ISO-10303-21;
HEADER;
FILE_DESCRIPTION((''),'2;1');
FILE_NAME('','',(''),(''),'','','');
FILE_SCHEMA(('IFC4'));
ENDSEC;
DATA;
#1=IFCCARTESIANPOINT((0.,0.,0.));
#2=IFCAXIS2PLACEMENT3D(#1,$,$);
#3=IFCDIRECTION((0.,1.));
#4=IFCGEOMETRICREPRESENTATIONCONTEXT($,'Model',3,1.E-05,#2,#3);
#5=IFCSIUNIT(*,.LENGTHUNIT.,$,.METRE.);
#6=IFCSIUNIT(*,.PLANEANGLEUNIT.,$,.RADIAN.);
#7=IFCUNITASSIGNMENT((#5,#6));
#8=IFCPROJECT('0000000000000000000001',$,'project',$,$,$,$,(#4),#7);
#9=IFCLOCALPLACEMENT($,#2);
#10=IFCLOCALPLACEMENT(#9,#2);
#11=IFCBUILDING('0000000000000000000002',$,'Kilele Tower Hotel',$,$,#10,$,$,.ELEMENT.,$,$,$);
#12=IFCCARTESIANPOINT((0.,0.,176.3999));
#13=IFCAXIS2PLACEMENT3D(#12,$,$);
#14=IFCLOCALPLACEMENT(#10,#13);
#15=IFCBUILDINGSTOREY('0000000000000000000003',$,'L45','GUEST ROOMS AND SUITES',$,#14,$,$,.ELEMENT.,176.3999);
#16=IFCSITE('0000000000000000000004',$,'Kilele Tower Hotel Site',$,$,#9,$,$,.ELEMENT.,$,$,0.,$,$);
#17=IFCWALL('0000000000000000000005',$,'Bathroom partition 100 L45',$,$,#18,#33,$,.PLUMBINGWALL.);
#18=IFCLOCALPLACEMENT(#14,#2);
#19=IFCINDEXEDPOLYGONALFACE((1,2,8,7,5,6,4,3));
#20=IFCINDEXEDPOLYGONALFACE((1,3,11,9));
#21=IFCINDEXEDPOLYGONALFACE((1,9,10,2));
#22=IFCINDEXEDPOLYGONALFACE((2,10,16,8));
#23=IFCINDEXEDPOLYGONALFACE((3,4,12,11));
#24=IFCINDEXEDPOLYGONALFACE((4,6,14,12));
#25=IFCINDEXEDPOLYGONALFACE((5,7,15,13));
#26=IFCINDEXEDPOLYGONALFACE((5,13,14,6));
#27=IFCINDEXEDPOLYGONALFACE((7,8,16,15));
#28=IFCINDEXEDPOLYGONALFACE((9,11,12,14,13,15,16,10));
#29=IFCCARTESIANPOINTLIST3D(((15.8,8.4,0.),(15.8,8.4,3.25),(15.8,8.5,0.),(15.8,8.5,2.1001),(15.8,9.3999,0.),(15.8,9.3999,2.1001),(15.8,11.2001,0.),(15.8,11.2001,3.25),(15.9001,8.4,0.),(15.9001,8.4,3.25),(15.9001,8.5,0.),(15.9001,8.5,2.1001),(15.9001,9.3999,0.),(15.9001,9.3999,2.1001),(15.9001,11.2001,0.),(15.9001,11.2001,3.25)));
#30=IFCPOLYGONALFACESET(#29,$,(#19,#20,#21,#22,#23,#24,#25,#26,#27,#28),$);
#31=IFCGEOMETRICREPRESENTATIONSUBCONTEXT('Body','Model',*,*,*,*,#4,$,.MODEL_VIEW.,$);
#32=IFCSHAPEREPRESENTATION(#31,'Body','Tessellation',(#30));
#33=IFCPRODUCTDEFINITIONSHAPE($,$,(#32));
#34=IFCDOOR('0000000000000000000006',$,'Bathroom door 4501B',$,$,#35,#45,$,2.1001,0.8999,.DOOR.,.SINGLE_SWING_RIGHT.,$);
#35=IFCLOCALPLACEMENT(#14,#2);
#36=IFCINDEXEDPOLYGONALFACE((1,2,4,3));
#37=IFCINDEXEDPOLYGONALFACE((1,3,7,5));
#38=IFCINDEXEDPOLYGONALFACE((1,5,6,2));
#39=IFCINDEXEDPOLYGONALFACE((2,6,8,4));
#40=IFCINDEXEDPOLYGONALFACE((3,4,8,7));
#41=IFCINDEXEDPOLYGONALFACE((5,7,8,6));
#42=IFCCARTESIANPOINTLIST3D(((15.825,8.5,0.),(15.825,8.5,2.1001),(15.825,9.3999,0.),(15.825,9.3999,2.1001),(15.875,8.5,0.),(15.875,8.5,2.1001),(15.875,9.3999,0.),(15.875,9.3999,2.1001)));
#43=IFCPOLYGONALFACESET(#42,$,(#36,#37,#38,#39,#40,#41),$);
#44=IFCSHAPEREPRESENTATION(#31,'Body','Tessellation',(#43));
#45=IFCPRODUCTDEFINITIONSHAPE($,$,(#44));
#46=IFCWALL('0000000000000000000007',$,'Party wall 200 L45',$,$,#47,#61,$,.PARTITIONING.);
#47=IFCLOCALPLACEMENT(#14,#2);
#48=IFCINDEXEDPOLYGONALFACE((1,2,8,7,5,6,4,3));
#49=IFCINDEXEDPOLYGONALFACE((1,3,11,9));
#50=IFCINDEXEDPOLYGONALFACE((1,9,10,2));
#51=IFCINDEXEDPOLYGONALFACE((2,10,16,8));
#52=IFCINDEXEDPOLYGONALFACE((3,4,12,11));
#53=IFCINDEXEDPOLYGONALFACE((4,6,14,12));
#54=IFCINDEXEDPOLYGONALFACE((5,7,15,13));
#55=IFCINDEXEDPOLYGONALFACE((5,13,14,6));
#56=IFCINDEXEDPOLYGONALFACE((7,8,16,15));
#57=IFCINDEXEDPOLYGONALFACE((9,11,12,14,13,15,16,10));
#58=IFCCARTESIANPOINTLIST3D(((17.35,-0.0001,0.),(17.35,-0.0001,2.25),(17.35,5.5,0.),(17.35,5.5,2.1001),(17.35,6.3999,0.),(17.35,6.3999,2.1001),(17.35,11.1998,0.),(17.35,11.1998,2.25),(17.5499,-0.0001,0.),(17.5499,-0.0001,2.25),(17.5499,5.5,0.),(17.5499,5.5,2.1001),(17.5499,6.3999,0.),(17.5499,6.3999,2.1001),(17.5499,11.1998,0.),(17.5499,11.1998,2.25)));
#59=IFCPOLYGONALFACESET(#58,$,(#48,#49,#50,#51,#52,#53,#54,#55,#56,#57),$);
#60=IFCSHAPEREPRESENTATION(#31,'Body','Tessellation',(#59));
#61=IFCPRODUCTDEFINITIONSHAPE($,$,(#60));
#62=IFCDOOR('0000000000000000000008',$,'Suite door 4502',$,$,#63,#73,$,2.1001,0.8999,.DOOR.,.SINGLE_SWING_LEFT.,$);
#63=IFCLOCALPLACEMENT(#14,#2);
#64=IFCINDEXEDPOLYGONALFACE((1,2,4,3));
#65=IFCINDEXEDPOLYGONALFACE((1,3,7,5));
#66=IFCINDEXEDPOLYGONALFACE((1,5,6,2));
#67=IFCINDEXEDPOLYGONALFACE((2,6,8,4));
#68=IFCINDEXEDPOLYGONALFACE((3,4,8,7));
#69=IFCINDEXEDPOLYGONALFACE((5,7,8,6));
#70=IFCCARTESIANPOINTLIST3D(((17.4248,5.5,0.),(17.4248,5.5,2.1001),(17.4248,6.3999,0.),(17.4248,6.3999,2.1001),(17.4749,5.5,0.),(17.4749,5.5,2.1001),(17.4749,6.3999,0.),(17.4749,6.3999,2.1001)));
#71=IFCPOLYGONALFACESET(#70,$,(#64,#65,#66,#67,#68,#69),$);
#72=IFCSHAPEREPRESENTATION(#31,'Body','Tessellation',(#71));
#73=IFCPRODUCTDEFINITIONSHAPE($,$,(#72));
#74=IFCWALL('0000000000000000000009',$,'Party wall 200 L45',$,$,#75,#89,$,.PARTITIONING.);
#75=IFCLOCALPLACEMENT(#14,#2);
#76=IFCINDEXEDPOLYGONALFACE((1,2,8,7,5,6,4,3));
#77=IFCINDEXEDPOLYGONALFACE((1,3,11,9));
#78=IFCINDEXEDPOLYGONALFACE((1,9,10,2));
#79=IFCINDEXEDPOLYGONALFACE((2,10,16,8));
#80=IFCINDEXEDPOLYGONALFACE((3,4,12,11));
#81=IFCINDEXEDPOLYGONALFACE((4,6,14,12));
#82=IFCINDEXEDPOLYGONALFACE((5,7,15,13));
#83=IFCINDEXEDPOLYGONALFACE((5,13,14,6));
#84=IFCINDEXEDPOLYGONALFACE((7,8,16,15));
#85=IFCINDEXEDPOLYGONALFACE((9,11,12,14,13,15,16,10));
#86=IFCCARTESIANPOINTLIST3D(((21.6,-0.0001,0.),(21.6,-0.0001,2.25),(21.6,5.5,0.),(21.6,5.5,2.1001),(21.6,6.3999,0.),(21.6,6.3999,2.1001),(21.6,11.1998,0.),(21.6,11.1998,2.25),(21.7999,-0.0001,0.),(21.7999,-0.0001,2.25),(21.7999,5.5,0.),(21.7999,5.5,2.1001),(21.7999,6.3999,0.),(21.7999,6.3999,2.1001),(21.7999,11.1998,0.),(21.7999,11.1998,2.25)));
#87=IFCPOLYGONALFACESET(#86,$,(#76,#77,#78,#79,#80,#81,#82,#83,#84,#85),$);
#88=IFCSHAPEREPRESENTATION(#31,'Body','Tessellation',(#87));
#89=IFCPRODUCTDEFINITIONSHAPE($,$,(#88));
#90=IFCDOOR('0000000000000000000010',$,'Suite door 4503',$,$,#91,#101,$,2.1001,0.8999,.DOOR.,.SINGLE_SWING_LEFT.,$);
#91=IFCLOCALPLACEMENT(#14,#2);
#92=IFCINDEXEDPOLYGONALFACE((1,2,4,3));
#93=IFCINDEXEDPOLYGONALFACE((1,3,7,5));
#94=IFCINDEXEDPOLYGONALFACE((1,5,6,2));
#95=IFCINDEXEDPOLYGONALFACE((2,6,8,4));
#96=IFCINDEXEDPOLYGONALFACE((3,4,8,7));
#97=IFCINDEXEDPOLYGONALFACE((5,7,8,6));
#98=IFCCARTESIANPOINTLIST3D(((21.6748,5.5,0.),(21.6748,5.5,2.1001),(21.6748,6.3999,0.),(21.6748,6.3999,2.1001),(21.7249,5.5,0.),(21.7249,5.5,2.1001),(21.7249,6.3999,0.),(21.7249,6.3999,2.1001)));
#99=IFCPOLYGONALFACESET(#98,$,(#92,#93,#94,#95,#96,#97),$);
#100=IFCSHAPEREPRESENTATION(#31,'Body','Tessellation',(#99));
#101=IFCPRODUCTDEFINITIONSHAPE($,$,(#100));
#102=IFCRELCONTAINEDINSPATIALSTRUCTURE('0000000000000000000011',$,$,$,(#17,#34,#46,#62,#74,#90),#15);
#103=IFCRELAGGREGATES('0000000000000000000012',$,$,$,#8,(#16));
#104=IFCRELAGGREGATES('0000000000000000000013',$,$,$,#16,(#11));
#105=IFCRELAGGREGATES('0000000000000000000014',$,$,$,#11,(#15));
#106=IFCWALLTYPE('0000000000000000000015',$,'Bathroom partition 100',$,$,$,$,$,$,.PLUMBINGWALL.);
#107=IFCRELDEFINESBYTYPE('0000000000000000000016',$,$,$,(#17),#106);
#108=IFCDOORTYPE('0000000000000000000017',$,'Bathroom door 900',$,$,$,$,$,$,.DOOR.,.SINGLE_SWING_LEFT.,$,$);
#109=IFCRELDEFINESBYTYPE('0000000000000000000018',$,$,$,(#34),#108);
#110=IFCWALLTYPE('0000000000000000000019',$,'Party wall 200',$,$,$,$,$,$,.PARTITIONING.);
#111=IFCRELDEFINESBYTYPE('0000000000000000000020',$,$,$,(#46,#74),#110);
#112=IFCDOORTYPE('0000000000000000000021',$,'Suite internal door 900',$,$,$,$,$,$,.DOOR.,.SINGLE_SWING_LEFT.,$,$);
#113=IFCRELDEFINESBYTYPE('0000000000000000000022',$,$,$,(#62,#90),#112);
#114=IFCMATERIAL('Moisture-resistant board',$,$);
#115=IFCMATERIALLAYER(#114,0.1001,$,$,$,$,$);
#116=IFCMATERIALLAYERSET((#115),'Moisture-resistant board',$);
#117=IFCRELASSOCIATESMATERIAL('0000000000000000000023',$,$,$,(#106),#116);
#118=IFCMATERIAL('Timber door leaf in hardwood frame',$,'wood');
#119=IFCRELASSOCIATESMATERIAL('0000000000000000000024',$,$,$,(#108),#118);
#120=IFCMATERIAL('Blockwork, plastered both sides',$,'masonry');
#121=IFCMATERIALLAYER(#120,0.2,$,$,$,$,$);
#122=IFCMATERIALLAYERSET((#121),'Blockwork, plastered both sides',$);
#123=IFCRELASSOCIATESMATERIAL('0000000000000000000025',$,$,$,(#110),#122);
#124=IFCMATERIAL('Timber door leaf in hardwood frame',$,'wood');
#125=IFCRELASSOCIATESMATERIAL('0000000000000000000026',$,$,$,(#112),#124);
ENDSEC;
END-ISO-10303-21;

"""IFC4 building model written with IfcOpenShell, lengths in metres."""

from ifc_helpers import new_model, si_unit, direction, frame, frame_2d, origin, place, context, subcontext, project, spatial, rectangle, extrude, material, layer, layer_set, type_object, element, fill, save


model = new_model("IFC4")

# Units and contexts
model_context = context("Model", 3, precision=1e-05, world=origin(), true_north=direction((0.0, 1.0)))
body_context = subcontext(model_context, "Body", "Model", "MODEL_VIEW")
ifc_project = project(units=[si_unit("LENGTHUNIT", "METRE"), si_unit("PLANEANGLEUNIT", "RADIAN")], contexts=[model_context])

# Site, building, storey
site_placement = place(None, origin())
site = spatial("IfcSite", under=ifc_project, at=site_placement, Name="Kilele Tower Hotel Site", CompositionType="ELEMENT", RefElevation=0.0)
building_placement = place(site_placement, origin())
building = spatial("IfcBuilding", under=site, at=building_placement, Name="Kilele Tower Hotel", CompositionType="ELEMENT")
storey_placement = place(building_placement, frame((0.0, 0.0, 176.3999)))
storey = spatial("IfcBuildingStorey", under=building, at=storey_placement, Name="L45", Description="GUEST ROOMS AND SUITES", CompositionType="ELEMENT", Elevation=176.3999)

# Walls, openings, doors
ifc_material_1 = material(Name="Moisture-resistant board")
ifc_layer_1 = layer(ifc_material_1, 0.1001)
ifc_layer_set_1 = layer_set([ifc_layer_1], Name="Moisture-resistant board")
wall_type_1 = type_object("IfcWallType", Name="Bathroom partition 100", PredefinedType="PLUMBINGWALL", material=ifc_layer_set_1)
wall_1_placement = place(storey_placement, frame((15.8501, 11.2, 0.0), z_axis=(0.0, 0.0, 1.0), x_axis=(0.0, -1.0, 0.0)))
wall_1 = element("IfcWall", 1, at=wall_1_placement, inside=storey, type_object=wall_type_1, Name="Bathroom partition 100 L45", PredefinedType="PLUMBINGWALL", context=body_context, shape_type="SweptSolid", body=[
    extrude(rectangle(XDim=2.8, YDim=0.1001, at=frame_2d((1.3999, 0.0))), origin(), (0.0, 0.0, 1.0), 3.25),
])
opening_1_placement = place(wall_1_placement, frame((1.8, 0.0, 0.0)))
opening_1 = element("IfcOpeningElement", 2, at=opening_1_placement, cuts=wall_1, PredefinedType="OPENING", context=body_context, shape_type="SweptSolid", body=[
    extrude(rectangle(XDim=0.8999, YDim=2.1001, at=frame_2d((0.45, 1.05))), frame((0.0, 0.0601, 0.0), z_axis=(0.0, -1.0, 0.0), x_axis=(1.0, 0.0, 0.0)), (0.0, 0.0, 1.0), 0.1201),
])
ifc_material_2 = material(Name="Timber door leaf in hardwood frame", Category="wood")
door_type_1 = type_object("IfcDoorType", Name="Bathroom door 900", OperationType="SINGLE_SWING_LEFT", PredefinedType="DOOR", material=ifc_material_2)
door_1_placement = place(opening_1_placement, origin())
door_1 = element("IfcDoor", 3, at=door_1_placement, inside=storey, type_object=door_type_1, Name="Bathroom door 4501B", OperationType="SINGLE_SWING_RIGHT", OverallHeight=2.1001, OverallWidth=0.8999, PredefinedType="DOOR", context=body_context, shape_type="SweptSolid", body=[
    extrude(rectangle(XDim=0.8999, YDim=2.1001, at=frame_2d((0.45, 1.05))), frame((0.0, 0.0249, 0.0), z_axis=(0.0, -1.0, 0.0), x_axis=(1.0, 0.0, 0.0)), (0.0, 0.0, 1.0), 0.05),
])
fill(opening_1, door_1)
ifc_material_3 = material(Name="Blockwork, plastered both sides", Category="masonry")
ifc_layer_2 = layer(ifc_material_3, 0.2)
ifc_layer_set_2 = layer_set([ifc_layer_2], Name="Blockwork, plastered both sides")
wall_type_2 = type_object("IfcWallType", Name="Party wall 200", PredefinedType="PARTITIONING", material=ifc_layer_set_2)
wall_2_placement = place(storey_placement, frame((17.45, 11.2, 0.0), z_axis=(0.0, 0.0, 1.0), x_axis=(0.0, -1.0, 0.0)))
wall_2 = element("IfcWall", 4, at=wall_2_placement, inside=storey, type_object=wall_type_2, Name="Party wall 200 L45", PredefinedType="PARTITIONING", context=body_context, shape_type="SweptSolid", body=[
    extrude(rectangle(XDim=11.2, YDim=0.2, at=frame_2d((5.6001, 0.0))), origin(), (0.0, 0.0, 1.0), 2.25),
])
opening_2_placement = place(wall_2_placement, frame((4.8, 0.0, 0.0)))
opening_2 = element("IfcOpeningElement", 5, at=opening_2_placement, cuts=wall_2, PredefinedType="OPENING", context=body_context, shape_type="SweptSolid", body=[
    extrude(rectangle(XDim=0.8999, YDim=2.1001, at=frame_2d((0.45, 1.05))), frame((0.0, 0.1099, 0.0), z_axis=(0.0, -1.0, 0.0), x_axis=(1.0, 0.0, 0.0)), (0.0, 0.0, 1.0), 0.22),
])
ifc_material_4 = material(Name="Timber door leaf in hardwood frame", Category="wood")
door_type_2 = type_object("IfcDoorType", Name="Suite internal door 900", OperationType="SINGLE_SWING_LEFT", PredefinedType="DOOR", material=ifc_material_4)
door_2_placement = place(opening_2_placement, origin())
door_2 = element("IfcDoor", 6, at=door_2_placement, inside=storey, type_object=door_type_2, Name="Suite door 4502", OperationType="SINGLE_SWING_LEFT", OverallHeight=2.1001, OverallWidth=0.8999, PredefinedType="DOOR", context=body_context, shape_type="SweptSolid", body=[
    extrude(rectangle(XDim=0.8999, YDim=2.1001, at=frame_2d((0.45, 1.05))), frame((0.0, 0.0249, 0.0), z_axis=(0.0, -1.0, 0.0), x_axis=(1.0, 0.0, 0.0)), (0.0, 0.0, 1.0), 0.05),
])
fill(opening_2, door_2)
wall_3_placement = place(storey_placement, frame((21.7, 11.2, 0.0), z_axis=(0.0, 0.0, 1.0), x_axis=(0.0, -1.0, 0.0)))
wall_3 = element("IfcWall", 7, at=wall_3_placement, inside=storey, type_object=wall_type_2, Name="Party wall 200 L45", PredefinedType="PARTITIONING", context=body_context, shape_type="SweptSolid", body=[
    extrude(rectangle(XDim=11.2, YDim=0.2, at=frame_2d((5.6001, 0.0))), origin(), (0.0, 0.0, 1.0), 2.25),
])
opening_3_placement = place(wall_3_placement, frame((4.8, 0.0, 0.0)))
opening_3 = element("IfcOpeningElement", 8, at=opening_3_placement, cuts=wall_3, PredefinedType="OPENING", context=body_context, shape_type="SweptSolid", body=[
    extrude(rectangle(XDim=0.8999, YDim=2.1001, at=frame_2d((0.45, 1.05))), frame((0.0, 0.1099, 0.0), z_axis=(0.0, -1.0, 0.0), x_axis=(1.0, 0.0, 0.0)), (0.0, 0.0, 1.0), 0.22),
])
door_3_placement = place(opening_3_placement, origin())
door_3 = element("IfcDoor", 9, at=door_3_placement, inside=storey, type_object=door_type_2, Name="Suite door 4503", OperationType="SINGLE_SWING_LEFT", OverallHeight=2.1001, OverallWidth=0.8999, PredefinedType="DOOR", context=body_context, shape_type="SweptSolid", body=[
    extrude(rectangle(XDim=0.8999, YDim=2.1001, at=frame_2d((0.45, 1.05))), frame((0.0, 0.0249, 0.0), z_axis=(0.0, -1.0, 0.0), x_axis=(1.0, 0.0, 0.0)), (0.0, 0.0, 1.0), 0.05),
])
fill(opening_3, door_3)

save(model, "model.ifc")
